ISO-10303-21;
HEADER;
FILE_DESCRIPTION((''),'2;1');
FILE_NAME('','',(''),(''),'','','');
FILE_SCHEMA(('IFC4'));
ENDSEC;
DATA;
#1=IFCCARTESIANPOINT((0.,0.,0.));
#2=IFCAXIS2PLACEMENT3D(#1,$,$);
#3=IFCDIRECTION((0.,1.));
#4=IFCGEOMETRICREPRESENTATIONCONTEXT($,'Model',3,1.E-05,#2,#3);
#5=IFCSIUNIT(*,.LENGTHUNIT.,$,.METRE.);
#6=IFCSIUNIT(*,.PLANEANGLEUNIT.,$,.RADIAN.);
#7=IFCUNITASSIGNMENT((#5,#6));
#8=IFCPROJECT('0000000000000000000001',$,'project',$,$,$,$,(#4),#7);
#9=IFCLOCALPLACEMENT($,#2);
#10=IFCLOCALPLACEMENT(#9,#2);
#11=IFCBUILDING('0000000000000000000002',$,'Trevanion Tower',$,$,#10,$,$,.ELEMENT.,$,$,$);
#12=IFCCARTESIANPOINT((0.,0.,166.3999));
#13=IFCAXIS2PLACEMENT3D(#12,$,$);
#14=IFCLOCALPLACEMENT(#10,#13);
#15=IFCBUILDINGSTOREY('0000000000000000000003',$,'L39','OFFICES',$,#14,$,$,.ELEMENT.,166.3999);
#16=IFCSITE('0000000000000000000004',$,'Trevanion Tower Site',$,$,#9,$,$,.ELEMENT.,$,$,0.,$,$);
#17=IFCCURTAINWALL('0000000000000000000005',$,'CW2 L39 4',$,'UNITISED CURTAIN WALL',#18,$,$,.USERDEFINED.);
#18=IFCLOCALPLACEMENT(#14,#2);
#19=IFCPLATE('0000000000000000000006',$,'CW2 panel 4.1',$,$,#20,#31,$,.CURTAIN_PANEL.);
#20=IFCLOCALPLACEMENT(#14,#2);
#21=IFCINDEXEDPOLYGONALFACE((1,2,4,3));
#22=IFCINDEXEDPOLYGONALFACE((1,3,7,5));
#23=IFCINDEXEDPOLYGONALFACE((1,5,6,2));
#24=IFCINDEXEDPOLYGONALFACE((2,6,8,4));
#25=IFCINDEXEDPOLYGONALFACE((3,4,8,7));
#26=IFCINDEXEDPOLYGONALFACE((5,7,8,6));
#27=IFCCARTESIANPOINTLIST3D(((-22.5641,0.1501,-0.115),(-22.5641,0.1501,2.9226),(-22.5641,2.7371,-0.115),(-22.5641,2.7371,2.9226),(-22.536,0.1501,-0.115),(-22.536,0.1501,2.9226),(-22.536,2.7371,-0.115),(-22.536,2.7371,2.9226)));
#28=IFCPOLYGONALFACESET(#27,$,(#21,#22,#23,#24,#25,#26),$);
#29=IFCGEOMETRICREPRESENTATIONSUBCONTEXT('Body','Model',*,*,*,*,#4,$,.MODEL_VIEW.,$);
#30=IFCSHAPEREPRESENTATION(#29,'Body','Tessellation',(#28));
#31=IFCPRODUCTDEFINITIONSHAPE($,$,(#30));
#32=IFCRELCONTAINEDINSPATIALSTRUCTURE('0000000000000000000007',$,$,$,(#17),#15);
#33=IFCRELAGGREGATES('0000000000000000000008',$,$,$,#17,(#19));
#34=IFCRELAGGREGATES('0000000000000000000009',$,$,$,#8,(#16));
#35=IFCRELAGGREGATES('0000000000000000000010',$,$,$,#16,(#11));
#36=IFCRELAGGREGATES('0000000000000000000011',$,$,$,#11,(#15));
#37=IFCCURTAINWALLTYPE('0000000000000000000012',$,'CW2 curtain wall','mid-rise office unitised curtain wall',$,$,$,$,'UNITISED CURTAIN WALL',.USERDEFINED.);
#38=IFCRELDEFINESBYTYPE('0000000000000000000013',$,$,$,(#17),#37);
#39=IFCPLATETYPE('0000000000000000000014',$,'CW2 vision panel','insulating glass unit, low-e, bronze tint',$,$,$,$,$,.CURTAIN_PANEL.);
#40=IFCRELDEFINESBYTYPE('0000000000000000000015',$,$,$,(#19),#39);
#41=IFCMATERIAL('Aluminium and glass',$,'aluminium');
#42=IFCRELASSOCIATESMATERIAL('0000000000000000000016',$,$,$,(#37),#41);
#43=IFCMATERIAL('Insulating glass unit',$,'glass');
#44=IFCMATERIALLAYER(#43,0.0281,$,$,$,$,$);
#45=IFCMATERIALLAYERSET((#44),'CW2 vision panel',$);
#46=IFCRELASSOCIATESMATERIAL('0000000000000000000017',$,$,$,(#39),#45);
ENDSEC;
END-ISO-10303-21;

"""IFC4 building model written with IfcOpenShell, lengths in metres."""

from ifc_helpers import new_model, si_unit, direction, frame, origin, origin_2d, place, context, subcontext, project, spatial, rectangle, extrude, material, layer, layer_set, type_object, element, aggregate, save


model = new_model("IFC4")

# Units and contexts
model_context = context("Model", 3, precision=1e-05, world=origin(), true_north=direction((0.0, 1.0)))
body_context = subcontext(model_context, "Body", "Model", "MODEL_VIEW")
ifc_project = project(units=[si_unit("LENGTHUNIT", "METRE"), si_unit("PLANEANGLEUNIT", "RADIAN")], contexts=[model_context])

# Site, building, storey
site_placement = place(None, origin())
site = spatial("IfcSite", under=ifc_project, at=site_placement, Name="Trevanion Tower Site", CompositionType="ELEMENT", RefElevation=0.0)
building_placement = place(site_placement, origin())
building = spatial("IfcBuilding", under=site, at=building_placement, Name="Trevanion Tower", CompositionType="ELEMENT")
storey_placement = place(building_placement, frame((0.0, 0.0, 166.3999)))
storey = spatial("IfcBuildingStorey", under=building, at=storey_placement, Name="L39", Description="OFFICES", CompositionType="ELEMENT", Elevation=166.3999)

# Curtain wall, plate
ifc_material_1 = material(Name="Aluminium and glass", Category="aluminium")
curtain_wall_type = type_object("IfcCurtainWallType", Name="CW2 curtain wall", Description="mid-rise office unitised curtain wall", ElementType="UNITISED CURTAIN WALL", PredefinedType="USERDEFINED", material=ifc_material_1)
curtain_wall_placement = place(storey_placement, origin())
curtain_wall = element("IfcCurtainWall", 1, at=curtain_wall_placement, inside=storey, type_object=curtain_wall_type, Name="CW2 L39 4", ObjectType="UNITISED CURTAIN WALL", PredefinedType="USERDEFINED")
ifc_material_2 = material(Name="Insulating glass unit", Category="glass")
ifc_layer_1 = layer(ifc_material_2, 0.0281)
ifc_layer_set_1 = layer_set([ifc_layer_1], Name="CW2 vision panel")
plate_type_1 = type_object("IfcPlateType", Name="CW2 vision panel", Description="insulating glass unit, low-e, bronze tint", PredefinedType="CURTAIN_PANEL", material=ifc_layer_set_1)
plate_1_placement = place(storey_placement, frame((-22.55, 1.4436, -0.115), z_axis=(0.0, 0.0, 1.0), x_axis=(0.0, -1.0, 0.0)))
plate_1 = element("IfcPlate", 2, at=plate_1_placement, type_object=plate_type_1, Name="CW2 panel 4.1", PredefinedType="CURTAIN_PANEL", context=body_context, shape_type="SweptSolid", body=[
    extrude(rectangle(XDim=2.5869, YDim=0.0281, at=origin_2d()), origin(), (0.0, 0.0, 1.0), 3.0376),
])
aggregate(curtain_wall, [plate_1])

save(model, "model.ifc")
